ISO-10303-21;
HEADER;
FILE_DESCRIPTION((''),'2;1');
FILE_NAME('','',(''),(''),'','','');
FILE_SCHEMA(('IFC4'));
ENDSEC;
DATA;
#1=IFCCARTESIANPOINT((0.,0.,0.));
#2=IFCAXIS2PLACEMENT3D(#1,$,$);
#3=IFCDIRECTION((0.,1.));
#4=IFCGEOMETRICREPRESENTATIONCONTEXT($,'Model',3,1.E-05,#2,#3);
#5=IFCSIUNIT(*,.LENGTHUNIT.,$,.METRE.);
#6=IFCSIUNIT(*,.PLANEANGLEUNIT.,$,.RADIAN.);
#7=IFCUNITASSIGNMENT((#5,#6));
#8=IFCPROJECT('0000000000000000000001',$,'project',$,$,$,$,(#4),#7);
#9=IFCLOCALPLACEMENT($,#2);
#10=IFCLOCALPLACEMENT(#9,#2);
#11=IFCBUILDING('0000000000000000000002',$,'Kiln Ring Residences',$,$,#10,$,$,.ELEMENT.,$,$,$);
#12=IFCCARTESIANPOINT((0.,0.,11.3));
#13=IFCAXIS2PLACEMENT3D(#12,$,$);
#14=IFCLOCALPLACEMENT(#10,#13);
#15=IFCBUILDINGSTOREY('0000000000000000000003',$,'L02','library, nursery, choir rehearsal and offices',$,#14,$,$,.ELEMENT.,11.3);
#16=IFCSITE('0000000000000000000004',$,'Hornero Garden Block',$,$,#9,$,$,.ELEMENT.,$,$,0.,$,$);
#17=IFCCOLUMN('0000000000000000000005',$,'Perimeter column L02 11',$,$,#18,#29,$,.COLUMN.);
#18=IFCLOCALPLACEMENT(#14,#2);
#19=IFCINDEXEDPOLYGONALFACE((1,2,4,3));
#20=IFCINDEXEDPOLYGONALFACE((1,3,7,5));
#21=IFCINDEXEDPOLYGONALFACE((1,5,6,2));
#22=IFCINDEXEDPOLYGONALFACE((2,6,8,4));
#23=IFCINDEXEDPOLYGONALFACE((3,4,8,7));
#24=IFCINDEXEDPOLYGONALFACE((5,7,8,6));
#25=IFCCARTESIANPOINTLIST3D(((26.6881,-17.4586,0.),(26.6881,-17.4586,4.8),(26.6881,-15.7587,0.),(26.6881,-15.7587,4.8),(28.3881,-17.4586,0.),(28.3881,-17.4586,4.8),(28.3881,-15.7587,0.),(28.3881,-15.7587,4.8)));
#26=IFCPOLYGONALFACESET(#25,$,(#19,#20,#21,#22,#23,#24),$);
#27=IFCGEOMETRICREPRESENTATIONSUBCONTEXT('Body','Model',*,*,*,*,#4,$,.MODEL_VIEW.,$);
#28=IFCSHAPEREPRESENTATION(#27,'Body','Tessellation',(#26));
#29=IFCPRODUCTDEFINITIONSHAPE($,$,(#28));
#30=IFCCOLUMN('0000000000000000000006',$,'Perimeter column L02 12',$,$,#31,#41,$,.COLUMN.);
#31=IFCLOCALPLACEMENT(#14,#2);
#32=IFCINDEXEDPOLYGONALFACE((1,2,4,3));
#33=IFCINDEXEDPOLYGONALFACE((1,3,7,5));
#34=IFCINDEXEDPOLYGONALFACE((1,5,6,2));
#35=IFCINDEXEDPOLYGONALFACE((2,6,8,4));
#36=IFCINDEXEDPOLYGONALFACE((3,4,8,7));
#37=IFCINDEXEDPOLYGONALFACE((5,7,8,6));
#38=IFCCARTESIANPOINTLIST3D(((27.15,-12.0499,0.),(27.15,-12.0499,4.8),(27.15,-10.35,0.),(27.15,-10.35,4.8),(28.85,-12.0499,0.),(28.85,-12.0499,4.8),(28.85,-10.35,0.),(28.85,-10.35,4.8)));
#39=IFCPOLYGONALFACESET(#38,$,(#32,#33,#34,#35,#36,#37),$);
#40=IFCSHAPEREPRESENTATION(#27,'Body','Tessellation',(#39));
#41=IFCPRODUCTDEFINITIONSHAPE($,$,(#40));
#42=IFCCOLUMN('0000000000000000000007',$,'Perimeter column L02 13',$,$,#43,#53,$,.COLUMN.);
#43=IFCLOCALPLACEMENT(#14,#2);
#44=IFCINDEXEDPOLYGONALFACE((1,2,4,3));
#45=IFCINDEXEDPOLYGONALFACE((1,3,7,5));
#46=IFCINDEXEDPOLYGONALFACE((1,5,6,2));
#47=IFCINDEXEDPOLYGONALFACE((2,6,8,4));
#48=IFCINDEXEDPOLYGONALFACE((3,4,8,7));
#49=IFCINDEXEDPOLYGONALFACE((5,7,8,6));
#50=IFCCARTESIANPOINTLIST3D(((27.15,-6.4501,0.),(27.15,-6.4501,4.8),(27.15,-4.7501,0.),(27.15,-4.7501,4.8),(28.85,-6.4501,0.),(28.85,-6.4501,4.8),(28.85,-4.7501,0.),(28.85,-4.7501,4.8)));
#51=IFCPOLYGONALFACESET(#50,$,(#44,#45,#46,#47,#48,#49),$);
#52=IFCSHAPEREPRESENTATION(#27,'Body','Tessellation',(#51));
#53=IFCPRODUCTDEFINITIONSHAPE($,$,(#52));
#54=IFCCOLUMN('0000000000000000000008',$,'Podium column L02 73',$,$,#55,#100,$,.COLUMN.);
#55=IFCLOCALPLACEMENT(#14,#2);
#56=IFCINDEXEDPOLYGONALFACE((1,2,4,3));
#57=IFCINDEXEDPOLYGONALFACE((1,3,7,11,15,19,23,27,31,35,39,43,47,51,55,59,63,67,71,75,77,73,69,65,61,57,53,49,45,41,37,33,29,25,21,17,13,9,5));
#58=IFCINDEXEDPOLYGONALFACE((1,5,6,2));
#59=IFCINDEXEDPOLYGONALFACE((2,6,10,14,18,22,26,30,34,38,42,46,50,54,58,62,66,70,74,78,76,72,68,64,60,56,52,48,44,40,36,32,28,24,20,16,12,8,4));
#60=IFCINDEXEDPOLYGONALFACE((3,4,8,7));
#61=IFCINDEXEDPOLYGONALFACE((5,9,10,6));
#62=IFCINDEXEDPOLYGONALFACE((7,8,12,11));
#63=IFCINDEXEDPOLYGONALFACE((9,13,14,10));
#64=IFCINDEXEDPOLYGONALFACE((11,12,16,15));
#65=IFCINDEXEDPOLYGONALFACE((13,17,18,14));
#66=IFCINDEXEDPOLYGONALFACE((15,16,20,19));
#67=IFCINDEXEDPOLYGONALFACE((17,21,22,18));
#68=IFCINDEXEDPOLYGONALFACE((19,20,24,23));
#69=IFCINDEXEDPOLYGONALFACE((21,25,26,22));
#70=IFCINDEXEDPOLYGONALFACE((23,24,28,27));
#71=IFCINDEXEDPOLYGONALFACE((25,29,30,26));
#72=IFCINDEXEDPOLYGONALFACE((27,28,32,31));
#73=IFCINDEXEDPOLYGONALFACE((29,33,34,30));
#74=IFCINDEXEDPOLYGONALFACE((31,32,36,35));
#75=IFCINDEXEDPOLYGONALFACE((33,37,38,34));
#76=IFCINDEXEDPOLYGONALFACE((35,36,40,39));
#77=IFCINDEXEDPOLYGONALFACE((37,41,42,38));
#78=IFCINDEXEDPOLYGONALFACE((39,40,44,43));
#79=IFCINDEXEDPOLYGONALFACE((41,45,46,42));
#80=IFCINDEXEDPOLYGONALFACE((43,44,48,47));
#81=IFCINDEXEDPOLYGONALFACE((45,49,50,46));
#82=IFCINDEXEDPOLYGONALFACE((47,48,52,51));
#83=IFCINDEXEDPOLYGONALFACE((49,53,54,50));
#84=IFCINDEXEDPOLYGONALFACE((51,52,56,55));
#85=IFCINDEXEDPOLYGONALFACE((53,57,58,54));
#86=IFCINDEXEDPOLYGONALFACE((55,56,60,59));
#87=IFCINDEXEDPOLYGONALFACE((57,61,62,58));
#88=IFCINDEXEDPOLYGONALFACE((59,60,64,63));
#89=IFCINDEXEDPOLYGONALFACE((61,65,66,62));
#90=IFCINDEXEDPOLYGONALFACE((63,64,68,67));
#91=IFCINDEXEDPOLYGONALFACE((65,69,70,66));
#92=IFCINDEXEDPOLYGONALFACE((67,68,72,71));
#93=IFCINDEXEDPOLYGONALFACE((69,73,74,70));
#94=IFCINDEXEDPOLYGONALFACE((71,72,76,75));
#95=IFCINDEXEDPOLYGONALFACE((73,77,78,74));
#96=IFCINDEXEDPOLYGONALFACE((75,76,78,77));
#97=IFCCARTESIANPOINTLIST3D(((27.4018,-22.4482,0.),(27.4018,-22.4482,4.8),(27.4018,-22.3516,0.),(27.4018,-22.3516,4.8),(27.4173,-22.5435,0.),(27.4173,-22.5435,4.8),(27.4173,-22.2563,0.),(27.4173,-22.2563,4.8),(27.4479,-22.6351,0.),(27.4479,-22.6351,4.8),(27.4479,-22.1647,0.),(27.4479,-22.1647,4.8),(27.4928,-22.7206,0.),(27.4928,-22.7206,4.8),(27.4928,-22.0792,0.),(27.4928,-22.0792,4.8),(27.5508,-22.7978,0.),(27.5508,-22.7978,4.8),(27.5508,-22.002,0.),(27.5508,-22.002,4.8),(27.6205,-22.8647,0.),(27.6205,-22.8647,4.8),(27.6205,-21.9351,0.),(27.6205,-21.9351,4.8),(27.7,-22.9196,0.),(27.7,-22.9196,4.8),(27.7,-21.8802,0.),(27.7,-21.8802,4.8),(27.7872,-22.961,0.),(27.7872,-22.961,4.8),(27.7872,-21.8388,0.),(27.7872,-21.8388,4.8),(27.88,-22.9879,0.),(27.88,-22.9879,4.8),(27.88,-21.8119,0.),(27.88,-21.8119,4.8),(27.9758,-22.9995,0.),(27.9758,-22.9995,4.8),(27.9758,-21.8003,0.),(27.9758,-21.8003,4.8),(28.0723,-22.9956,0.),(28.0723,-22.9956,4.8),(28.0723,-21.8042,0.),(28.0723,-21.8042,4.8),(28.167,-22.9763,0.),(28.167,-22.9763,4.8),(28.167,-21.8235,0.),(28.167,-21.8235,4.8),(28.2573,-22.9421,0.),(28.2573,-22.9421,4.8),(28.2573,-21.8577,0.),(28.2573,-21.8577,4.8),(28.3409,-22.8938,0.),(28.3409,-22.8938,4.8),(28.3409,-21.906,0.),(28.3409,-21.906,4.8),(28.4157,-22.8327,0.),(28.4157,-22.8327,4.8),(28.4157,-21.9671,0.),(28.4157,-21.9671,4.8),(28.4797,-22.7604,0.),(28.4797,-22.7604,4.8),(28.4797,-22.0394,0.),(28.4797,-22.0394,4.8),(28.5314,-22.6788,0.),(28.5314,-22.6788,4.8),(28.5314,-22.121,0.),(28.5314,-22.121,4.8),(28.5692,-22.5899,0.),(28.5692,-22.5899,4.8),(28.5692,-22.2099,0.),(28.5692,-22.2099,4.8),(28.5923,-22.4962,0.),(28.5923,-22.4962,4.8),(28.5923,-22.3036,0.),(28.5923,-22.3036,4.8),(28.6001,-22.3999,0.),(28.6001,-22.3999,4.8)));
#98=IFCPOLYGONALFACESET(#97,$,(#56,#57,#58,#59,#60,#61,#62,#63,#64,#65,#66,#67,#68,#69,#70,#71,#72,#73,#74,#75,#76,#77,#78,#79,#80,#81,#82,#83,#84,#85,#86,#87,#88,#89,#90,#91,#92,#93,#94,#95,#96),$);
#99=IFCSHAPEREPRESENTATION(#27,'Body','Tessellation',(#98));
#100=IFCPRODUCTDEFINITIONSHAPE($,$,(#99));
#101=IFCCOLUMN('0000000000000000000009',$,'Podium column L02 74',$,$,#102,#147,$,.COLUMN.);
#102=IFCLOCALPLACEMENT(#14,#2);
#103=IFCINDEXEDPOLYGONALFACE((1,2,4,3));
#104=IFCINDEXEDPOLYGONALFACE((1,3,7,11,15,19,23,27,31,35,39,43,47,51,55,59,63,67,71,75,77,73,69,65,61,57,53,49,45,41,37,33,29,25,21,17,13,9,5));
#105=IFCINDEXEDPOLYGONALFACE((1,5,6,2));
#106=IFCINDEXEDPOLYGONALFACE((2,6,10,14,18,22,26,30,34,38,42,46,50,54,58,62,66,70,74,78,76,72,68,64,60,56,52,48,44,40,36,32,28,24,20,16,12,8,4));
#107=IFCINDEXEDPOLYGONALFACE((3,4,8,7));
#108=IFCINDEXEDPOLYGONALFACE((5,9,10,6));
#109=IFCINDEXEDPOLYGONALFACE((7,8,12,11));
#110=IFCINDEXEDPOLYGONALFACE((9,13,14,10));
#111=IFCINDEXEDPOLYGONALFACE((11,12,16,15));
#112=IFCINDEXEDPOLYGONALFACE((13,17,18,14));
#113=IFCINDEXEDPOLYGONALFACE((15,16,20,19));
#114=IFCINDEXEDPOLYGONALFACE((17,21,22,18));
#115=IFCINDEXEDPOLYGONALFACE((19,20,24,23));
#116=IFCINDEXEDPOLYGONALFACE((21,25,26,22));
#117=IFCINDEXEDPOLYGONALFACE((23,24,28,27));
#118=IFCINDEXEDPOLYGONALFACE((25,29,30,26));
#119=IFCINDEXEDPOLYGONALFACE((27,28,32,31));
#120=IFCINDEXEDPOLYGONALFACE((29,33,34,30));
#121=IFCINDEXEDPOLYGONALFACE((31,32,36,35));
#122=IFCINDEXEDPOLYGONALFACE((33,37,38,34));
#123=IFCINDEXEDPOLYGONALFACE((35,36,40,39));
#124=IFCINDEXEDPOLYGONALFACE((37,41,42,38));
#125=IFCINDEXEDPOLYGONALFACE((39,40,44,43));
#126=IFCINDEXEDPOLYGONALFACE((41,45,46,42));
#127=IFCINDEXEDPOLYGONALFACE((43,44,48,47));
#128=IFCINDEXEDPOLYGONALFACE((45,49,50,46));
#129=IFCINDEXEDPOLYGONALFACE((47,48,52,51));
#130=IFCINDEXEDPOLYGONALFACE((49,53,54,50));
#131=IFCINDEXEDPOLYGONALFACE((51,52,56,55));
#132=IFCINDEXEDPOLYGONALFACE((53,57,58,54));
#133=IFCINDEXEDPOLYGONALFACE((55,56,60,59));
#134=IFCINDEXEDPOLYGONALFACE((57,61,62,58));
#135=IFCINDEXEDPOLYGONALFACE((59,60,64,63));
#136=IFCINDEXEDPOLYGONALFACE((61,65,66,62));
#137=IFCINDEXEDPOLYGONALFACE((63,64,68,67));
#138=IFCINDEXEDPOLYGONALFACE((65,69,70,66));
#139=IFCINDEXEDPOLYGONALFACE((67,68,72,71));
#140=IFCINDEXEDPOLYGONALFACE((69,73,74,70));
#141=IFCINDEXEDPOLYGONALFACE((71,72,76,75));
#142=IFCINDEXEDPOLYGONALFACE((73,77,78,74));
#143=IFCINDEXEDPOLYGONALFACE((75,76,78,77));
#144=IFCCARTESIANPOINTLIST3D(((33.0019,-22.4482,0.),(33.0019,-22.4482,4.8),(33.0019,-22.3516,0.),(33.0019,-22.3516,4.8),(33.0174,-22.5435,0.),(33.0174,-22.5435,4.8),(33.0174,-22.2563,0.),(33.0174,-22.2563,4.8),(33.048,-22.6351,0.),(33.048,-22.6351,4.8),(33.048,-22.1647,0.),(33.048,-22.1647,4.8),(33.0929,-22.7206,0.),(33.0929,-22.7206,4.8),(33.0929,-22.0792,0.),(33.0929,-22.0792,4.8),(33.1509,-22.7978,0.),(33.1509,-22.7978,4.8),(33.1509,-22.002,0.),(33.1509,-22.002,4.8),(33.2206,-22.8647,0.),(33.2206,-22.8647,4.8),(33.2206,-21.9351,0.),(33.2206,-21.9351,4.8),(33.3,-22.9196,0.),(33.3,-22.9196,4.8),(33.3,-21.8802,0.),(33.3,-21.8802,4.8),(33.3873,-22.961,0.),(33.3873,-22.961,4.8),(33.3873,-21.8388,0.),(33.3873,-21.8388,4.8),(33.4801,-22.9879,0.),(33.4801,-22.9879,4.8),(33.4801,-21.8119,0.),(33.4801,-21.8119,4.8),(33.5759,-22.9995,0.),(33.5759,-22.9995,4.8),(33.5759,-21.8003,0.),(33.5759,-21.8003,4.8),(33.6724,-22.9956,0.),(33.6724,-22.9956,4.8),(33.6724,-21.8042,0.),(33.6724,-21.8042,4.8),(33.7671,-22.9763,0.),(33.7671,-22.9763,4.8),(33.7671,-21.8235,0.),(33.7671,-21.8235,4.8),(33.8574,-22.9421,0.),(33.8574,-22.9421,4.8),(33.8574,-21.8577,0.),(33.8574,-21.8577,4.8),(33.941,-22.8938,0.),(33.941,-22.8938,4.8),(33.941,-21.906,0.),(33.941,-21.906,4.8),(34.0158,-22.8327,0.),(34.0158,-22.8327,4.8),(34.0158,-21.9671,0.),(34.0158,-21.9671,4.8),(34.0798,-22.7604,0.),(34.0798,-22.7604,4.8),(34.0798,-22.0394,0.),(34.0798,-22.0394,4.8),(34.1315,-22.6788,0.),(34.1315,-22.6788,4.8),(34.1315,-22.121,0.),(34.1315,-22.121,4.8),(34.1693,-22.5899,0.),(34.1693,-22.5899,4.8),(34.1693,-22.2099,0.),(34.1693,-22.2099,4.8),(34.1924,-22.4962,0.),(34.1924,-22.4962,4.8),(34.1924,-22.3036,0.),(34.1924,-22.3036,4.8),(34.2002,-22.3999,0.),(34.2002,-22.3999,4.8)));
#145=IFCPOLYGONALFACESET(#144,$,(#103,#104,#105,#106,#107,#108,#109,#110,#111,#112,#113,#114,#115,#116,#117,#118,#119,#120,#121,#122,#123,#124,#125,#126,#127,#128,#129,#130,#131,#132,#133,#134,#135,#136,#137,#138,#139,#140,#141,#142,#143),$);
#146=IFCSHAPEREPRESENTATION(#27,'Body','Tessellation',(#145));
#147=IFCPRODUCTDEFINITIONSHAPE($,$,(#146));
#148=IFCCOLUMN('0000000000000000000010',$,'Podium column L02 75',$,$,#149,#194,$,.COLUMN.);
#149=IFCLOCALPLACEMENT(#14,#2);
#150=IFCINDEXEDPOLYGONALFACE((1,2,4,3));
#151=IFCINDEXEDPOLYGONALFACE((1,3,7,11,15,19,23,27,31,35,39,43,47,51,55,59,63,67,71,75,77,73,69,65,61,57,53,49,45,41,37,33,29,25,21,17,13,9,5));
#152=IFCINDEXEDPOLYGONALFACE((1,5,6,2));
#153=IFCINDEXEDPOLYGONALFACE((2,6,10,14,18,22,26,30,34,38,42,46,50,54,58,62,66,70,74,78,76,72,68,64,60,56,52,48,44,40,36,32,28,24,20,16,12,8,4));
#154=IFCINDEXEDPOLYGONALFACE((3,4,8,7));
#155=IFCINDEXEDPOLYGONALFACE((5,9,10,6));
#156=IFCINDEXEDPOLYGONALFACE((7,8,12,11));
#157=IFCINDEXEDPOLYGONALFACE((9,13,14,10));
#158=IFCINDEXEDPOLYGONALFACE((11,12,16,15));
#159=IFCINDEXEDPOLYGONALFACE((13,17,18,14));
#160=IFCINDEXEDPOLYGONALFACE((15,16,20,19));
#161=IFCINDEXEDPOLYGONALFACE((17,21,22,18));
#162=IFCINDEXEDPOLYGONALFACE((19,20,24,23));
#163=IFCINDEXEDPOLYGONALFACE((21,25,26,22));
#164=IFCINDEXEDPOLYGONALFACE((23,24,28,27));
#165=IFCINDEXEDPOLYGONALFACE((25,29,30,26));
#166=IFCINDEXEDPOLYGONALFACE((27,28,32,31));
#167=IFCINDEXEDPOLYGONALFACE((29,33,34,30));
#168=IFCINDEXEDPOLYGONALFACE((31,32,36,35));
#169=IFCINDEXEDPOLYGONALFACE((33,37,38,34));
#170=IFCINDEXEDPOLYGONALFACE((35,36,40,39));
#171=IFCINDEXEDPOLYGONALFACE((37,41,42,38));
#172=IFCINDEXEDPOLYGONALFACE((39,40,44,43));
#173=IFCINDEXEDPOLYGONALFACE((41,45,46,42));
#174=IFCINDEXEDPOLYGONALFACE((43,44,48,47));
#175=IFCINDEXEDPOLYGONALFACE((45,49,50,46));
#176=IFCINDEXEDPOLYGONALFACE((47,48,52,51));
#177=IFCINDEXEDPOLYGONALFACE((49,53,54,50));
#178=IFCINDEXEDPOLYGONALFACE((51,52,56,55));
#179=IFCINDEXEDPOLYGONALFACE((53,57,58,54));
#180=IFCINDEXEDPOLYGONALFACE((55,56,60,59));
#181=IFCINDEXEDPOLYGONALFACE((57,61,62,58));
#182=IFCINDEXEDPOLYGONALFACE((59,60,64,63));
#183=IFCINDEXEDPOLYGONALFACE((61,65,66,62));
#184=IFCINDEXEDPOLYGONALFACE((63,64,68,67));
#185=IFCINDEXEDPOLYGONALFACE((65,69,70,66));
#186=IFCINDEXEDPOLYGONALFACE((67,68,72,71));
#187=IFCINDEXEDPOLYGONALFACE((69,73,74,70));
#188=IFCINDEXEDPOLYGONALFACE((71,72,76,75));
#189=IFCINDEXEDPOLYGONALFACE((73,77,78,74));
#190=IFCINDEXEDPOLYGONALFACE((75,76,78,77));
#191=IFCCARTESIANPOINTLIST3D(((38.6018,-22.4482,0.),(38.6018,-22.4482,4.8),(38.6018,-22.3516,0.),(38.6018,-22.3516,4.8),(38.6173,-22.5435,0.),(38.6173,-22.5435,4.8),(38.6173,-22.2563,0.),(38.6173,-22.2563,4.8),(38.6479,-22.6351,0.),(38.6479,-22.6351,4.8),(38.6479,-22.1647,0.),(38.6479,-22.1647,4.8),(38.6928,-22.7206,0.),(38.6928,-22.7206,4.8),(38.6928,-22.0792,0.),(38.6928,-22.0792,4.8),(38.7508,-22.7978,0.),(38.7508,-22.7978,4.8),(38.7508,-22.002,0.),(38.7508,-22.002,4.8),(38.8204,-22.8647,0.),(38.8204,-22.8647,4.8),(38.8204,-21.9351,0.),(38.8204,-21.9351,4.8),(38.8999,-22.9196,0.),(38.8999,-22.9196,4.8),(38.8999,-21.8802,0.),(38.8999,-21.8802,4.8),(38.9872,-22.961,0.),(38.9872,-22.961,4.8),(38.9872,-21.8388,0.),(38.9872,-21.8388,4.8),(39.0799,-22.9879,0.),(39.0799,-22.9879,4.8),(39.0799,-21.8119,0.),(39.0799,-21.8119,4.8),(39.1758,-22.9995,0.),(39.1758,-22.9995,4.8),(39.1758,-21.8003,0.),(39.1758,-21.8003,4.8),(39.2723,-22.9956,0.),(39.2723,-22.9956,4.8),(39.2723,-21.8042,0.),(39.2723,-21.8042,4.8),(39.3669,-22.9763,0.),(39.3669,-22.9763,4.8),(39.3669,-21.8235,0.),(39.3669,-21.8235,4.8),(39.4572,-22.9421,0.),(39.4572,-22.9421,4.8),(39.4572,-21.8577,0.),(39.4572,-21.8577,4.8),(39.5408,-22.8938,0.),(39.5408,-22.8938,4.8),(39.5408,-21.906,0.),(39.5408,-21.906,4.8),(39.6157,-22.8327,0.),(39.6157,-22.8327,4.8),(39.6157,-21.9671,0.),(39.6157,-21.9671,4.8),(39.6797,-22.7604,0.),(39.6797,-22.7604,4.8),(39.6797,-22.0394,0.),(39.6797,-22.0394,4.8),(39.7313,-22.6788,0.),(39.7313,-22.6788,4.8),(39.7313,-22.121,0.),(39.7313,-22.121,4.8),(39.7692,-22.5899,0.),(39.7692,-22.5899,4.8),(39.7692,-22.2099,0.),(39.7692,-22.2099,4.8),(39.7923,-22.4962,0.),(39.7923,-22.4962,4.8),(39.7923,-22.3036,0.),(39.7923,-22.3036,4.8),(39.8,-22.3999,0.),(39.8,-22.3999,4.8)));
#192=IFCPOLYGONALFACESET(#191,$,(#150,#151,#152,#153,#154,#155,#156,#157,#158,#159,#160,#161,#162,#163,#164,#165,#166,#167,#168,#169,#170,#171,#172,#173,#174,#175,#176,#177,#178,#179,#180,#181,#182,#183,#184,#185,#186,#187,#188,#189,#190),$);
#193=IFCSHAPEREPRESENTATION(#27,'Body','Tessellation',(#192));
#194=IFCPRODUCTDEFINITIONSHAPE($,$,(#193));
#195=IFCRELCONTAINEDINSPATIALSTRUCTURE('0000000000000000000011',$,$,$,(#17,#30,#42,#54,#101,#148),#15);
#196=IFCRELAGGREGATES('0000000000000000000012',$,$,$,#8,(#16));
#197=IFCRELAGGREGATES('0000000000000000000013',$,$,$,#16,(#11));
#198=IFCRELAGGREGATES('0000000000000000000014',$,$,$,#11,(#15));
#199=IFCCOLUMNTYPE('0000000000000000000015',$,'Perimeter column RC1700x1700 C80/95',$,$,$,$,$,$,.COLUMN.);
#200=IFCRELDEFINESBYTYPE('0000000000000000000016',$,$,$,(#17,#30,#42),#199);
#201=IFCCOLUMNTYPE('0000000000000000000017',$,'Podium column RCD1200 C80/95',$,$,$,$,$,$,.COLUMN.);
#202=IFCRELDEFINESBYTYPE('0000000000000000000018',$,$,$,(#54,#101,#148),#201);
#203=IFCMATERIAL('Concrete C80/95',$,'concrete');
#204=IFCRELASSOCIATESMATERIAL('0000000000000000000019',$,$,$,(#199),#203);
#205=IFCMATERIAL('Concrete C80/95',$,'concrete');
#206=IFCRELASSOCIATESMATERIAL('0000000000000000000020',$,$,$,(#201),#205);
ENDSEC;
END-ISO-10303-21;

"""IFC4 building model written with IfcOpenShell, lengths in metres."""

from ifc_helpers import new_model, si_unit, direction, frame, origin, origin_2d, place, context, subcontext, project, spatial, rectangle, circle, extrude, material, material_profile, profile_set, type_object, element, save


model = new_model("IFC4")

# Units and contexts
model_context = context("Model", 3, precision=1e-05, world=origin(), true_north=direction((0.0, 1.0)))
body_context = subcontext(model_context, "Body", "Model", "MODEL_VIEW")
ifc_project = project(units=[si_unit("LENGTHUNIT", "METRE"), si_unit("PLANEANGLEUNIT", "RADIAN")], contexts=[model_context])

# Site, building, storey
site_placement = place(None, origin())
site = spatial("IfcSite", under=ifc_project, at=site_placement, Name="Hornero Garden Block", CompositionType="ELEMENT", RefElevation=0.0)
building_placement = place(site_placement, origin())
building = spatial("IfcBuilding", under=site, at=building_placement, Name="Kiln Ring Residences", CompositionType="ELEMENT")
storey_placement = place(building_placement, frame((0.0, 0.0, 11.3)))
storey = spatial("IfcBuildingStorey", under=building, at=storey_placement, Name="L02", Description="library, nursery, choir rehearsal and offices", CompositionType="ELEMENT", Elevation=11.3)

# Columns
ifc_material_1 = material(Name="Concrete C80/95", Category="concrete")
ifc_material_profile_1 = material_profile(ifc_material_1, rectangle(XDim=1.7, YDim=1.7, at=origin_2d()), Name="RC1700x1700")
ifc_profile_set_1 = profile_set([ifc_material_profile_1], Name="Concrete C80/95")
column_type_1 = type_object("IfcColumnType", Name="Perimeter column RC1700x1700 C80/95", PredefinedType="COLUMN", material=ifc_profile_set_1)
for number, where, z_axis, x_axis, name in (
    (1, (27.5381, -16.6086, 0.0), (0.0, 0.0, 1.0), (1.0, 0.0, 0.0), "Perimeter column L02 11"),
    (2, (28.0, -11.2, 0.0), (0.0, 0.0, 1.0), (1.0, 0.0, 0.0), "Perimeter column L02 12"),
    (3, (28.0, -5.6001, 0.0), (0.0, 0.0, 1.0), (1.0, 0.0, 0.0), "Perimeter column L02 13"),
):
    element("IfcColumn", number, at=place(storey_placement, frame(where, z_axis=z_axis, x_axis=x_axis)), inside=storey, type_object=column_type_1, Name=name, PredefinedType="COLUMN", context=body_context, shape_type="SweptSolid", body=[
        extrude(rectangle(XDim=1.7, YDim=1.7, at=origin_2d()), origin(), (0.0, 0.0, 1.0), 4.8),
    ])
ifc_material_2 = material(Name="Concrete C80/95", Category="concrete")
ifc_material_profile_2 = material_profile(ifc_material_2, circle(Radius=0.6001, at=origin_2d()), Name="RCD1200")
ifc_profile_set_2 = profile_set([ifc_material_profile_2], Name="Concrete C80/95")
column_type_2 = type_object("IfcColumnType", Name="Podium column RCD1200 C80/95", PredefinedType="COLUMN", material=ifc_profile_set_2)
for number, where, z_axis, x_axis, name in (
    (4, (28.0, -22.3999, 0.0), (0.0, 0.0, 1.0), (1.0, 0.0, 0.0), "Podium column L02 73"),
    (5, (33.6001, -22.3999, 0.0), (0.0, 0.0, 1.0), (1.0, 0.0, 0.0), "Podium column L02 74"),
    (6, (39.2, -22.3999, 0.0), (0.0, 0.0, 1.0), (1.0, 0.0, 0.0), "Podium column L02 75"),
):
    element("IfcColumn", number, at=place(storey_placement, frame(where, z_axis=z_axis, x_axis=x_axis)), inside=storey, type_object=column_type_2, Name=name, PredefinedType="COLUMN", context=body_context, shape_type="SweptSolid", body=[
        extrude(circle(Radius=0.6001, at=origin_2d()), origin(), (0.0, 0.0, 1.0), 4.8),
    ])

save(model, "model.ifc")
